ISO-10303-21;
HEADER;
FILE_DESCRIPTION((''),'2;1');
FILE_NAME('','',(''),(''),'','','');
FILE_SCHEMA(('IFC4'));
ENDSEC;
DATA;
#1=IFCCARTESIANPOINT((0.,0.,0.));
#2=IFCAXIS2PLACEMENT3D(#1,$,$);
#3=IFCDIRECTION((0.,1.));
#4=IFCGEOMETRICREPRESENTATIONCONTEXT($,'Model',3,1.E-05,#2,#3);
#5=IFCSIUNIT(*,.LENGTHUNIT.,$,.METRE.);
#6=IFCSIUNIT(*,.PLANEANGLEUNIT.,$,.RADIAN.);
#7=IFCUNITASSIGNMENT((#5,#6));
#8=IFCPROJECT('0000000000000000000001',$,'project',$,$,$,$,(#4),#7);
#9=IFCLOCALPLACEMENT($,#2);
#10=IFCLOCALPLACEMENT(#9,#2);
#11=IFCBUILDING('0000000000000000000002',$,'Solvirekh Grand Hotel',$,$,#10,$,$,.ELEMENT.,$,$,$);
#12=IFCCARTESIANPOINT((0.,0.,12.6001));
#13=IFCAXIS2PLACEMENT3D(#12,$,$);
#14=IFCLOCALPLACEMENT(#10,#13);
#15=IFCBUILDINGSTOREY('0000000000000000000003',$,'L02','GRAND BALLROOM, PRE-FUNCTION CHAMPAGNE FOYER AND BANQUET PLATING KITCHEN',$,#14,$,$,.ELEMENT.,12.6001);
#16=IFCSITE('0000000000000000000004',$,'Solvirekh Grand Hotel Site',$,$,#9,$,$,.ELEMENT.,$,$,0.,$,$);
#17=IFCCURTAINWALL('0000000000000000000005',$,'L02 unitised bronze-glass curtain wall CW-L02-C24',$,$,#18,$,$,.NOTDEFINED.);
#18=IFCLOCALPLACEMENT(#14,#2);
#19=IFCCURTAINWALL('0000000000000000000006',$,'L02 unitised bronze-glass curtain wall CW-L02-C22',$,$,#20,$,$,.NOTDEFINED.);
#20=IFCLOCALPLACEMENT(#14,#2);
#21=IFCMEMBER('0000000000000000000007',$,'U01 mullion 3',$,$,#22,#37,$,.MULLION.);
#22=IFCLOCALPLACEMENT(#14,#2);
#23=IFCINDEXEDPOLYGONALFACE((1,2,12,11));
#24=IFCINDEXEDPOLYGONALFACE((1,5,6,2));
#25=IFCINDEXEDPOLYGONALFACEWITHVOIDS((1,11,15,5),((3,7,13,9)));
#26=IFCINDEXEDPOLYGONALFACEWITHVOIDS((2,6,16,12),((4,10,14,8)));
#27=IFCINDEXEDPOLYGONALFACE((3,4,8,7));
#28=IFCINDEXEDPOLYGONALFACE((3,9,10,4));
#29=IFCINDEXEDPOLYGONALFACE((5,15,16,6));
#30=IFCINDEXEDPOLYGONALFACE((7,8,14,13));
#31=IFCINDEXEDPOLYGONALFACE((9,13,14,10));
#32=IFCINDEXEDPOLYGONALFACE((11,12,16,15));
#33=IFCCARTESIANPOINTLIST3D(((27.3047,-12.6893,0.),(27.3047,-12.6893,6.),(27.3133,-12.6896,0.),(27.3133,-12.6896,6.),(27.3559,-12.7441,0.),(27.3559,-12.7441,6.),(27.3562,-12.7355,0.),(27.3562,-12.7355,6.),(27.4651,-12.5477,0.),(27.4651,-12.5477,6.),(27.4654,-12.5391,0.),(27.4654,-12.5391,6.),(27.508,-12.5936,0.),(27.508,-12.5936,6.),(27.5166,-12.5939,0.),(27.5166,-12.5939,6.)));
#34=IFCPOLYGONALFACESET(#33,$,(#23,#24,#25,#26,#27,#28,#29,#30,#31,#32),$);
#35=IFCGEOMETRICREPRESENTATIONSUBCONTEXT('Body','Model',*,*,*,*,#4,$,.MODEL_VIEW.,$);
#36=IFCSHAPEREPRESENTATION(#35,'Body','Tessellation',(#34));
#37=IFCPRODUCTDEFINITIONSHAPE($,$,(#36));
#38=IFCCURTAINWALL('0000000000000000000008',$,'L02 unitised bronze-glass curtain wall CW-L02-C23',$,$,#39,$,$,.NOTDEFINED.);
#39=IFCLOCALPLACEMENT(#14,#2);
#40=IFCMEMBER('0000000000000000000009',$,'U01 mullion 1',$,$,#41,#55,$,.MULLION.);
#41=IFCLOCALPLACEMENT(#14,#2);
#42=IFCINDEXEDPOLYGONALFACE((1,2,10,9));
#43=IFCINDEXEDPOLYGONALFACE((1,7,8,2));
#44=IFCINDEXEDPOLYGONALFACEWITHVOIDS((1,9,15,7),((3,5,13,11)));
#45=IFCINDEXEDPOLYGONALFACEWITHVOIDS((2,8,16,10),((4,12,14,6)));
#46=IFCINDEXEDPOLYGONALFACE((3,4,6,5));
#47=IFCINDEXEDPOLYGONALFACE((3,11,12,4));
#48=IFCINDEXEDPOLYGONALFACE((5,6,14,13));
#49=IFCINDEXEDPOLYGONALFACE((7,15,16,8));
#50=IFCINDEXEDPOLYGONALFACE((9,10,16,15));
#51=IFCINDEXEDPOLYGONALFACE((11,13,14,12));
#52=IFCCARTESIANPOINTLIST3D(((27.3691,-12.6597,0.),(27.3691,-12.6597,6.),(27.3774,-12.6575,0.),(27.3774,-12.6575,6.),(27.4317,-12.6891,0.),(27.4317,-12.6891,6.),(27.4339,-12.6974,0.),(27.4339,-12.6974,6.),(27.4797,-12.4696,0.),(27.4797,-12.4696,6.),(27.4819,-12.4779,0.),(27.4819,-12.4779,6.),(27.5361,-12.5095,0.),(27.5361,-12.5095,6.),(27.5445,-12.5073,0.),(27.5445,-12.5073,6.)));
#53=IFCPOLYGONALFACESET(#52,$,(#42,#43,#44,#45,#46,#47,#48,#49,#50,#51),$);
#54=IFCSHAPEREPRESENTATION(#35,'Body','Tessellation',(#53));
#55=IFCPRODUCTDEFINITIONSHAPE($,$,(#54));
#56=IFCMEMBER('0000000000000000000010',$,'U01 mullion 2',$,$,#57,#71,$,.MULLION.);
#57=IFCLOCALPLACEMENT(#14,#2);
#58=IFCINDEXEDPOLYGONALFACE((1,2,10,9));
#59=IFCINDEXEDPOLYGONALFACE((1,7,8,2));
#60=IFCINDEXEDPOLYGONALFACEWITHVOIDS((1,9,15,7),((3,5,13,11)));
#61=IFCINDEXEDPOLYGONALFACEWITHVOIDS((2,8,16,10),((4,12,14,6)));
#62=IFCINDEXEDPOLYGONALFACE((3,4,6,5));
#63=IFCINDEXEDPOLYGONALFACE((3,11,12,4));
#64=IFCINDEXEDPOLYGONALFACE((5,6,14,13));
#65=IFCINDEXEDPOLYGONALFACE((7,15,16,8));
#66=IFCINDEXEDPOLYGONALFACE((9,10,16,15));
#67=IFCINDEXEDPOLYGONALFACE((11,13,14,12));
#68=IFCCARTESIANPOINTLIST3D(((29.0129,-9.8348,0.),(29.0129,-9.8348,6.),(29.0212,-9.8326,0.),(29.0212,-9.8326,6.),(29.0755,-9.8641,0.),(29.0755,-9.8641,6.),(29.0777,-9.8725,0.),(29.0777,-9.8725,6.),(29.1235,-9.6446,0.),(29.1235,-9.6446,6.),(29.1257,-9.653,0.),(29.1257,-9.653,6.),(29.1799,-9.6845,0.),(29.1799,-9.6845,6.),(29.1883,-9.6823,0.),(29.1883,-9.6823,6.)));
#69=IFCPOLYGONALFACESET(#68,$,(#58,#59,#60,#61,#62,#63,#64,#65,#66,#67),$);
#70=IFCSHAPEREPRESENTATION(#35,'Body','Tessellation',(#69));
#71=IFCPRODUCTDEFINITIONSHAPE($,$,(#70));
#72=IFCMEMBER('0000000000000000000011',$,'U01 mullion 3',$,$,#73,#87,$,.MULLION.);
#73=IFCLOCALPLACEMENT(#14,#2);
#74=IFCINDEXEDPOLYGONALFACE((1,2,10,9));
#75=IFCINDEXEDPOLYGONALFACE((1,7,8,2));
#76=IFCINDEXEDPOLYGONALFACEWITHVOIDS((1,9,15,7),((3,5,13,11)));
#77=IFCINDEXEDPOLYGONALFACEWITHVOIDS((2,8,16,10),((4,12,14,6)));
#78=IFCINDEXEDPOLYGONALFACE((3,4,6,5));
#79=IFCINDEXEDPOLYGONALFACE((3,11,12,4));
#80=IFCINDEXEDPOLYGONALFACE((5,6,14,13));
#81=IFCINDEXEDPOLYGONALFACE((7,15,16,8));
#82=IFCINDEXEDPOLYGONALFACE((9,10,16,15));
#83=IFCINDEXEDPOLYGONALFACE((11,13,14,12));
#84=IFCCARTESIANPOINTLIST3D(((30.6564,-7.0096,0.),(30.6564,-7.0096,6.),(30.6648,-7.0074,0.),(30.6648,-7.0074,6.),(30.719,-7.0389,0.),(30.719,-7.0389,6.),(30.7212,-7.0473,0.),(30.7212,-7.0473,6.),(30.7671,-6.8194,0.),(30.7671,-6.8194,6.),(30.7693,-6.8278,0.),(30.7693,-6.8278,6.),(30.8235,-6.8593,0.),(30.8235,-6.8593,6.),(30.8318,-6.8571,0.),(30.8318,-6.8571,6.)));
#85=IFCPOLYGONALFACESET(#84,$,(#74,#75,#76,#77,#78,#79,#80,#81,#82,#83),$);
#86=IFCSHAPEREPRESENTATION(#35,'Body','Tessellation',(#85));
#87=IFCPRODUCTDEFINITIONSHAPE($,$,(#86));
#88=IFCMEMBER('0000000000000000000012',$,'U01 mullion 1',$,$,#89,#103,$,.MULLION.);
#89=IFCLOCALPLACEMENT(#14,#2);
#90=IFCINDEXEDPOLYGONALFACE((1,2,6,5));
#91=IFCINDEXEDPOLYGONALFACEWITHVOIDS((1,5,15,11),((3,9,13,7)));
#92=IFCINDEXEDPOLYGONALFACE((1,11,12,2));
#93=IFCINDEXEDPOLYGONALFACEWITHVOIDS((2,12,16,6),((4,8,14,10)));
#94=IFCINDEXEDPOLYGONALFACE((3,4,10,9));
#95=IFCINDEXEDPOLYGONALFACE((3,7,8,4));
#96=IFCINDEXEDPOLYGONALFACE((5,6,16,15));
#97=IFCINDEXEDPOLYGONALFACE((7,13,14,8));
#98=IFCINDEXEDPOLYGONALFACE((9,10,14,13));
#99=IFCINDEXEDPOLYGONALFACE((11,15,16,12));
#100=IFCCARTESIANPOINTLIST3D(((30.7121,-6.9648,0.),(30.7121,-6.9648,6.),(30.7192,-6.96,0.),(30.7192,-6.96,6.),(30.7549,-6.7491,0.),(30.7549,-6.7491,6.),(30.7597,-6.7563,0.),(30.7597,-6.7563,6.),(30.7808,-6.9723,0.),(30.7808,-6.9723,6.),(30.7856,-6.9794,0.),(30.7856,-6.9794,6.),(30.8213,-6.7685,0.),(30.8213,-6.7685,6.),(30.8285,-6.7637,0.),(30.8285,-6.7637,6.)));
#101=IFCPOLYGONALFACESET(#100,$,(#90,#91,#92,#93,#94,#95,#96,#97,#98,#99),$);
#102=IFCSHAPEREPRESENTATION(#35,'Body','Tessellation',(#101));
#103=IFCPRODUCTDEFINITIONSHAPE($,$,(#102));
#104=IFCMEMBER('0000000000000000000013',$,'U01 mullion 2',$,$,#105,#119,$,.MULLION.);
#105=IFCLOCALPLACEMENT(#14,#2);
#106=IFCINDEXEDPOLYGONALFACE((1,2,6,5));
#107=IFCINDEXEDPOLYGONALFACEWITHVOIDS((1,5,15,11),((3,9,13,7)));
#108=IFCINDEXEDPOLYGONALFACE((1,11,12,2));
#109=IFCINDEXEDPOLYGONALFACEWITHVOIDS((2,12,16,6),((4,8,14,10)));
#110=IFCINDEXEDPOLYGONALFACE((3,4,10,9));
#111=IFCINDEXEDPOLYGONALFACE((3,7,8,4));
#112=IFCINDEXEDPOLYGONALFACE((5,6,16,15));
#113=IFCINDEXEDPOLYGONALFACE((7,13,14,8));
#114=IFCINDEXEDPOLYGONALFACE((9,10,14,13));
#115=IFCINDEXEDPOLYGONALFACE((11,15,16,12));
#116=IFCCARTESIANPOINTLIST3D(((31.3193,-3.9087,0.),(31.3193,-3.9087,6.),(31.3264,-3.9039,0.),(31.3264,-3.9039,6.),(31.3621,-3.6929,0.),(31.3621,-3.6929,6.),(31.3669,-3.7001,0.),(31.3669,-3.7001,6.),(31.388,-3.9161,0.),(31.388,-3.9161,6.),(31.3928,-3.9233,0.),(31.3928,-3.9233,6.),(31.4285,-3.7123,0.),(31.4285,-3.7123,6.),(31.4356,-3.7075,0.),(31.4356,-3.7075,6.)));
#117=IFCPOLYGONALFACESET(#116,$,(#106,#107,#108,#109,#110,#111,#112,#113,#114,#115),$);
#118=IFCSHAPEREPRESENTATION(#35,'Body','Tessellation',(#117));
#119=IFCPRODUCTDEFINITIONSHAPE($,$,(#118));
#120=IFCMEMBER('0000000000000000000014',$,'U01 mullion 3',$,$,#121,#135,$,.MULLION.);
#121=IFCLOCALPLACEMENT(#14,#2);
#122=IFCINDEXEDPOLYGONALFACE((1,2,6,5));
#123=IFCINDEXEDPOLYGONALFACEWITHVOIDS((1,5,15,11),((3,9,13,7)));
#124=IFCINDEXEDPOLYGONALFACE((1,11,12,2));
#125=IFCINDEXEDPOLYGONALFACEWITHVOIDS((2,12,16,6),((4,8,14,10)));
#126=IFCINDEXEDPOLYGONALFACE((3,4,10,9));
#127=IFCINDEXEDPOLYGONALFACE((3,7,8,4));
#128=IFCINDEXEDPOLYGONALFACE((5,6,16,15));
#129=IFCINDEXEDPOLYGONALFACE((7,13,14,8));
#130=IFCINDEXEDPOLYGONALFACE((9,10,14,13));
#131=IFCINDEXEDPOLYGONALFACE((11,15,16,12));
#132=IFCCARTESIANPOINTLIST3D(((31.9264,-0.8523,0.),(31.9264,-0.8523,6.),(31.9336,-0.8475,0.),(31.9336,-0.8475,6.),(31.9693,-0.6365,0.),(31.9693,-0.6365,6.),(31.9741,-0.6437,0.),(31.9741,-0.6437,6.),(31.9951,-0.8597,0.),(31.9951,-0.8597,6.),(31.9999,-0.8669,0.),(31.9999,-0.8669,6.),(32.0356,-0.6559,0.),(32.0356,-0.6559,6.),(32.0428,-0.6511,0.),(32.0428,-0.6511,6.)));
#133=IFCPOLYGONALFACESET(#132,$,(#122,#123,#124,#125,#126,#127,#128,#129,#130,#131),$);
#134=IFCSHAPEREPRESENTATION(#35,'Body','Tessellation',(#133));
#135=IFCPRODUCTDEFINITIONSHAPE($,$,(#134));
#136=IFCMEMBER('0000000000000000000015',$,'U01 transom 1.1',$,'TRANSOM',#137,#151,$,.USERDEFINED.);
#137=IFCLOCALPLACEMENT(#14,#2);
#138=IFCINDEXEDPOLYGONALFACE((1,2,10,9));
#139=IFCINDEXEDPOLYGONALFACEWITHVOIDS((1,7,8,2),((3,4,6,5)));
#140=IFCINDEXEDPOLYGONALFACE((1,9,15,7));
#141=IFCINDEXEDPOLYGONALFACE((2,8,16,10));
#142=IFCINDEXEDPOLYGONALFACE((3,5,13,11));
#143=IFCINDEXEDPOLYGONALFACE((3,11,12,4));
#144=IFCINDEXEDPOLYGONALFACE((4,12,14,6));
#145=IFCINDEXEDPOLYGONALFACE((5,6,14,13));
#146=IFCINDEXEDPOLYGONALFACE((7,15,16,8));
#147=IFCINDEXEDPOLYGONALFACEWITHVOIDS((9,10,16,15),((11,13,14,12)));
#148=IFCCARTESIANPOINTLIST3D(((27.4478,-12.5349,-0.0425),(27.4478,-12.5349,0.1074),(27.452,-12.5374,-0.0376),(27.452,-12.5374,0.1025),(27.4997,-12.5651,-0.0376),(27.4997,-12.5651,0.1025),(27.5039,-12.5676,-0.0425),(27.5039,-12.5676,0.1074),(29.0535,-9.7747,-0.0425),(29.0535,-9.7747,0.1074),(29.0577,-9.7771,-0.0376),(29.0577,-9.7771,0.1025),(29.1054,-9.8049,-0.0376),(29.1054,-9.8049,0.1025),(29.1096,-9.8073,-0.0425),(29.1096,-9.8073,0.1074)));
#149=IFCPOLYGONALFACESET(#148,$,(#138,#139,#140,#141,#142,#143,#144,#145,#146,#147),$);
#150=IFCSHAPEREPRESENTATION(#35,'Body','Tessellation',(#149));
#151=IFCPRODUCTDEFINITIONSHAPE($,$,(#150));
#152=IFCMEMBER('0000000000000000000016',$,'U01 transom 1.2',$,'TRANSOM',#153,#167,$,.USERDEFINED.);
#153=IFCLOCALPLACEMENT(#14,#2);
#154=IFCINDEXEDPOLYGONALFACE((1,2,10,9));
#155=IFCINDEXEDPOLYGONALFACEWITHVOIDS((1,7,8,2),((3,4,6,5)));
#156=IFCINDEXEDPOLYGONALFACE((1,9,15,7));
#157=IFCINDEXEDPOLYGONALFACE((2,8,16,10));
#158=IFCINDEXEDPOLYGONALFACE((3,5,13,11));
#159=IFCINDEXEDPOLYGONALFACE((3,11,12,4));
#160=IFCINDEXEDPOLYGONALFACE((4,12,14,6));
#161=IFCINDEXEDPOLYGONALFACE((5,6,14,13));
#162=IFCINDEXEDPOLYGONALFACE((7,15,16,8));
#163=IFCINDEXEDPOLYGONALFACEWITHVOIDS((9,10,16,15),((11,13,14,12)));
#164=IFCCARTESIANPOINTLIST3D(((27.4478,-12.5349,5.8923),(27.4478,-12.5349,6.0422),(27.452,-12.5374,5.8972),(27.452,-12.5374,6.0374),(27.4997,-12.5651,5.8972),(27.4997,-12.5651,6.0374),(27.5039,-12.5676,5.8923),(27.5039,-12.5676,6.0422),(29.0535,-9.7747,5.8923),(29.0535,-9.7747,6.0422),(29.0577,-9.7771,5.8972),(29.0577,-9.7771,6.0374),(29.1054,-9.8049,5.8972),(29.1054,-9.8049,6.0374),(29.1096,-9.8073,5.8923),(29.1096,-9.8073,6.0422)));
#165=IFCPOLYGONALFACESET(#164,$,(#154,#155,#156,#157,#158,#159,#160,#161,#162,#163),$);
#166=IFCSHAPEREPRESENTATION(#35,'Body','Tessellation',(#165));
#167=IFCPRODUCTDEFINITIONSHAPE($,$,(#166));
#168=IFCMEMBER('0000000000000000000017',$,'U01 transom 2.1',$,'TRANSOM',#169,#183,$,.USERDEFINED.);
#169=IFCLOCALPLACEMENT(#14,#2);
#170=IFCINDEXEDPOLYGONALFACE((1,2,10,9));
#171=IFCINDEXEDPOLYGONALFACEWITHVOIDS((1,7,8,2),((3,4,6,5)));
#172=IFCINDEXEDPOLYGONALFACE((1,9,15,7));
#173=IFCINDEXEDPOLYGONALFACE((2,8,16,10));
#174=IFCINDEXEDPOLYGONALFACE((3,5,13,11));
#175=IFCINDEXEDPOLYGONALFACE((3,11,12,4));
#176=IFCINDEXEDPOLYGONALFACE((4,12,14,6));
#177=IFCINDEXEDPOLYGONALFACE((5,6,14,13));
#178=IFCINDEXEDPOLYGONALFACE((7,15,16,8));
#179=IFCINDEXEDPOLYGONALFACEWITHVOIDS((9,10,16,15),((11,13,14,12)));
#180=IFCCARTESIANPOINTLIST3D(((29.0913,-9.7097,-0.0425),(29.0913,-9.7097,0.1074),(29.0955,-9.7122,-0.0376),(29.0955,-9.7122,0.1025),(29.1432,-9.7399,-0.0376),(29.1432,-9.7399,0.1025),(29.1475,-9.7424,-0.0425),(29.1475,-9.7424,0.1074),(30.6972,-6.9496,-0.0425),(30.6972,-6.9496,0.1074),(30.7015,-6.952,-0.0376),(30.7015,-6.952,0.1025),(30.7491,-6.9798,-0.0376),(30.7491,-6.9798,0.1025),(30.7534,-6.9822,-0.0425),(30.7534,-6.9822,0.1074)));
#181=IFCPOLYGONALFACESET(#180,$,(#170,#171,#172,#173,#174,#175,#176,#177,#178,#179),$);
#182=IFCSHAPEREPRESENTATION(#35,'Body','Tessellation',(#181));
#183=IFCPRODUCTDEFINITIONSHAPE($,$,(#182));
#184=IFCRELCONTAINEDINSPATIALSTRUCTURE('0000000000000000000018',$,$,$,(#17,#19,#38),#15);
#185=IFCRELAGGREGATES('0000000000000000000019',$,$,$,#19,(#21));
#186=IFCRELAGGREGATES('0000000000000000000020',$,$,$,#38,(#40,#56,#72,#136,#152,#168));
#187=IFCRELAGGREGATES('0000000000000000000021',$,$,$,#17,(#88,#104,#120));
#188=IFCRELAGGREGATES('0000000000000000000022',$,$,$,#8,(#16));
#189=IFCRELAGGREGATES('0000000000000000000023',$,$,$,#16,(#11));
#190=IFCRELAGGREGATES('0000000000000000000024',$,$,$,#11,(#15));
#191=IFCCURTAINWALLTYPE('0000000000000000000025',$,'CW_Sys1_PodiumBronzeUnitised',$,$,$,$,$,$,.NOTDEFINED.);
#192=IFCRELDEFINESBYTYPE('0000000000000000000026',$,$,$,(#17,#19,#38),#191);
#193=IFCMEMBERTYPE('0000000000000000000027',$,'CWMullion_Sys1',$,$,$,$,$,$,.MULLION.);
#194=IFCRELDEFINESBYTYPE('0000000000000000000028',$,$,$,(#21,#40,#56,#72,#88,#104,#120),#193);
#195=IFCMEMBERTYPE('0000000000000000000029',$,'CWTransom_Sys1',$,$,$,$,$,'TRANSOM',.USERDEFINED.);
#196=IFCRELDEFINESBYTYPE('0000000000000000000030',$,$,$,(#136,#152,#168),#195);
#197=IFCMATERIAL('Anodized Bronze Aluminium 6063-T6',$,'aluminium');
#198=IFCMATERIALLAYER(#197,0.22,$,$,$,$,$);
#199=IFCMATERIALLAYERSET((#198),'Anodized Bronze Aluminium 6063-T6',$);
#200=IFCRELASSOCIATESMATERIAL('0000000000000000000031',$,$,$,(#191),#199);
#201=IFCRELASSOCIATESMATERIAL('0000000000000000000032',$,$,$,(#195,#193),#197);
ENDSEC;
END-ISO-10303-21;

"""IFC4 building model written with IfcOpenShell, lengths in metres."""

from ifc_helpers import new_model, si_unit, direction, frame, origin, origin_2d, place, context, subcontext, project, spatial, hollow_rectangle, extrude, source, transform, mapped, material, layer, layer_set, material_profile, profile_set, type_object, element, aggregate, save


model = new_model("IFC4")

# Units and contexts
model_context = context("Model", 3, precision=1e-05, world=origin(), true_north=direction((0.0, 1.0)))
body_context = subcontext(model_context, "Body", "Model", "MODEL_VIEW")
ifc_project = project(units=[si_unit("LENGTHUNIT", "METRE"), si_unit("PLANEANGLEUNIT", "RADIAN")], contexts=[model_context])

# Site, building, storey
site_placement = place(None, origin())
site = spatial("IfcSite", under=ifc_project, at=site_placement, Name="Solvirekh Grand Hotel Site", CompositionType="ELEMENT", RefElevation=0.0)
building_placement = place(site_placement, origin())
building = spatial("IfcBuilding", under=site, at=building_placement, Name="Solvirekh Grand Hotel", CompositionType="ELEMENT")
storey_placement = place(building_placement, frame((0.0, 0.0, 12.6001)))
storey = spatial("IfcBuildingStorey", under=building, at=storey_placement, Name="L02", Description="GRAND BALLROOM, PRE-FUNCTION CHAMPAGNE FOYER AND BANQUET PLATING KITCHEN", CompositionType="ELEMENT", Elevation=12.6001)

# Curtain wall
ifc_material_1 = material(Name="Anodized Bronze Aluminium 6063-T6", Category="aluminium")
ifc_layer_1 = layer(ifc_material_1, 0.22)
ifc_layer_set_1 = layer_set([ifc_layer_1], Name="Anodized Bronze Aluminium 6063-T6")
curtain_wall_type = type_object("IfcCurtainWallType", Name="CW_Sys1_PodiumBronzeUnitised", PredefinedType="NOTDEFINED", material=ifc_layer_set_1)
curtain_wall_1_placement = place(storey_placement, origin())
curtain_wall_1 = element("IfcCurtainWall", 1, at=curtain_wall_1_placement, inside=storey, type_object=curtain_wall_type, Name="L02 unitised bronze-glass curtain wall CW-L02-C24", PredefinedType="NOTDEFINED")
ifc_material_profile_1 = material_profile(ifc_material_1, hollow_rectangle(XDim=0.0649, YDim=0.1499, WallThickness=0.0049, at=origin_2d()), Name="ALU RHS 150X65X5")
ifc_profile_set_1 = profile_set([ifc_material_profile_1], Name="Anodized Bronze Aluminium 6063-T6")
member_type_1 = type_object("IfcMemberType", Name="CWTransom_Sys1", ElementType="TRANSOM", PredefinedType="USERDEFINED", material=ifc_profile_set_1)

# Curtain wall, member
curtain_wall_2_placement = place(storey_placement, origin())
curtain_wall_2 = element("IfcCurtainWall", 2, at=curtain_wall_2_placement, inside=storey, type_object=curtain_wall_type, Name="L02 unitised bronze-glass curtain wall CW-L02-C22", PredefinedType="NOTDEFINED")
ifc_material_profile_2 = material_profile(ifc_material_1, hollow_rectangle(XDim=0.075, YDim=0.22, WallThickness=0.0061, at=origin_2d()), Name="ALU RHS 220X75X6")
ifc_profile_set_2 = profile_set([ifc_material_profile_2], Name="Anodized Bronze Aluminium 6063-T6")
member_type_2 = type_object("IfcMemberType", Name="CWMullion_Sys1", PredefinedType="MULLION", material=ifc_profile_set_2)
shared_shape_1 = source(origin(), body_context, "Body", "SweptSolid", [
    extrude(hollow_rectangle(XDim=0.075, YDim=0.22, WallThickness=0.0061, at=origin_2d()), origin(), (0.0, 0.0, 1.0), 6.0),
])
member_1_placement = place(storey_placement, frame((27.4106, -12.6416, 0.0), z_axis=(0.0, 0.0, 1.0), x_axis=(-0.682869, 0.730541, 0.0)))
member_1 = element("IfcMember", 3, at=member_1_placement, type_object=member_type_2, Name="U01 mullion 3", PredefinedType="MULLION", context=body_context, shape_type="MappedRepresentation", body=[
    mapped(shared_shape_1, transform((0.0, 0.0, 0.0), x_axis=(1.0, 0.0, 0.0), y_axis=(0.0, 1.0, 0.0), z_axis=(0.0, 0.0, 1.0), scale=1.0)),
])

# Curtain wall, members
curtain_wall_3_placement = place(storey_placement, origin())
curtain_wall_3 = element("IfcCurtainWall", 4, at=curtain_wall_3_placement, inside=storey, type_object=curtain_wall_type, Name="L02 unitised bronze-glass curtain wall CW-L02-C23", PredefinedType="NOTDEFINED")
member_2_placement = place(storey_placement, frame((27.4568, -12.5835, 0.0), z_axis=(0.0, 0.0, 1.0), x_axis=(-0.864354, 0.502883, 0.0)))
member_2 = element("IfcMember", 5, at=member_2_placement, type_object=member_type_2, Name="U01 mullion 1", PredefinedType="MULLION", context=body_context, shape_type="MappedRepresentation", body=[
    mapped(shared_shape_1, transform((0.0, 0.0, 0.0), x_axis=(1.0, 0.0, 0.0), y_axis=(0.0, 1.0, 0.0), z_axis=(0.0, 0.0, 1.0), scale=1.0)),
])
member_3_placement = place(storey_placement, frame((29.1006, -9.7585, 0.0), z_axis=(0.0, 0.0, 1.0), x_axis=(-0.864354, 0.502883, 0.0)))
member_3 = element("IfcMember", 6, at=member_3_placement, type_object=member_type_2, Name="U01 mullion 2", PredefinedType="MULLION", context=body_context, shape_type="MappedRepresentation", body=[
    mapped(shared_shape_1, transform((0.0, 0.0, 0.0), x_axis=(1.0, 0.0, 0.0), y_axis=(0.0, 1.0, 0.0), z_axis=(0.0, 0.0, 1.0), scale=1.0)),
])
member_4_placement = place(storey_placement, frame((30.7441, -6.9333, 0.0), z_axis=(0.0, 0.0, 1.0), x_axis=(-0.864354, 0.502883, 0.0)))
member_4 = element("IfcMember", 7, at=member_4_placement, type_object=member_type_2, Name="U01 mullion 3", PredefinedType="MULLION", context=body_context, shape_type="MappedRepresentation", body=[
    mapped(shared_shape_1, transform((0.0, 0.0, 0.0), x_axis=(1.0, 0.0, 0.0), y_axis=(0.0, 1.0, 0.0), z_axis=(0.0, 0.0, 1.0), scale=1.0)),
])

# Members
member_5_placement = place(storey_placement, frame((30.7703, -6.8643, 0.0), z_axis=(0.0, 0.0, 1.0), x_axis=(-0.98083, 0.194866, 0.0)))
member_5 = element("IfcMember", 8, at=member_5_placement, type_object=member_type_2, Name="U01 mullion 1", PredefinedType="MULLION", context=body_context, shape_type="MappedRepresentation", body=[
    mapped(shared_shape_1, transform((0.0, 0.0, 0.0), x_axis=(1.0, 0.0, 0.0), y_axis=(0.0, 1.0, 0.0), z_axis=(0.0, 0.0, 1.0), scale=1.0)),
])
member_6_placement = place(storey_placement, frame((31.3774, -3.8081, 0.0), z_axis=(0.0, 0.0, 1.0), x_axis=(-0.98083, 0.194866, 0.0)))
member_6 = element("IfcMember", 9, at=member_6_placement, type_object=member_type_2, Name="U01 mullion 2", PredefinedType="MULLION", context=body_context, shape_type="MappedRepresentation", body=[
    mapped(shared_shape_1, transform((0.0, 0.0, 0.0), x_axis=(1.0, 0.0, 0.0), y_axis=(0.0, 1.0, 0.0), z_axis=(0.0, 0.0, 1.0), scale=1.0)),
])
member_7_placement = place(storey_placement, frame((31.9846, -0.7517, 0.0), z_axis=(0.0, 0.0, 1.0), x_axis=(-0.98083, 0.194866, 0.0)))
member_7 = element("IfcMember", 10, at=member_7_placement, type_object=member_type_2, Name="U01 mullion 3", PredefinedType="MULLION", context=body_context, shape_type="MappedRepresentation", body=[
    mapped(shared_shape_1, transform((0.0, 0.0, 0.0), x_axis=(1.0, 0.0, 0.0), y_axis=(0.0, 1.0, 0.0), z_axis=(0.0, 0.0, 1.0), scale=1.0)),
])
shared_shape_2 = source(origin(), body_context, "Body", "SweptSolid", [
    extrude(hollow_rectangle(XDim=0.0649, YDim=0.1499, WallThickness=0.0049, at=origin_2d()), origin(), (0.0, 0.0, 1.0), 3.1934),
])
member_8_placement = place(storey_placement, frame((27.4758, -12.5513, 0.0325), z_axis=(0.502834, 0.864383, 0.0), x_axis=(-0.864383, 0.502834, 0.0)))
member_8 = element("IfcMember", 11, at=member_8_placement, type_object=member_type_1, Name="U01 transom 1.1", ObjectType="TRANSOM", PredefinedType="USERDEFINED", context=body_context, shape_type="MappedRepresentation", body=[
    mapped(shared_shape_2, transform((0.0, 0.0, 0.0), x_axis=(1.0, 0.0, 0.0), y_axis=(0.0, 1.0, 0.0), z_axis=(0.0, 0.0, 1.0), scale=1.0)),
])
member_9_placement = place(storey_placement, frame((27.4758, -12.5513, 5.9673), z_axis=(0.502834, 0.864383, 0.0), x_axis=(-0.864383, 0.502834, 0.0)))
member_9 = element("IfcMember", 12, at=member_9_placement, type_object=member_type_1, Name="U01 transom 1.2", ObjectType="TRANSOM", PredefinedType="USERDEFINED", context=body_context, shape_type="MappedRepresentation", body=[
    mapped(shared_shape_2, transform((0.0, 0.0, 0.0), x_axis=(1.0, 0.0, 0.0), y_axis=(0.0, 1.0, 0.0), z_axis=(0.0, 0.0, 1.0), scale=1.0)),
])
member_10_placement = place(storey_placement, frame((29.1194, -9.7261, 0.0325), z_axis=(0.502892, 0.86435, 0.0), x_axis=(-0.86435, 0.502892, 0.0)))
member_10 = element("IfcMember", 13, at=member_10_placement, type_object=member_type_1, Name="U01 transom 2.1", ObjectType="TRANSOM", PredefinedType="USERDEFINED", context=body_context, shape_type="MappedRepresentation", body=[
    mapped(shared_shape_2, transform((0.0, 0.0, 0.0), x_axis=(1.0, 0.0, 0.0), y_axis=(0.0, 1.0, 0.0), z_axis=(0.0, 0.0, 1.0), scale=1.0)),
])

aggregate(curtain_wall_2, [member_1])
aggregate(curtain_wall_3, [member_2, member_3, member_4, member_8, member_9, member_10])
aggregate(curtain_wall_1, [member_5, member_6, member_7])

save(model, "model.ifc")
